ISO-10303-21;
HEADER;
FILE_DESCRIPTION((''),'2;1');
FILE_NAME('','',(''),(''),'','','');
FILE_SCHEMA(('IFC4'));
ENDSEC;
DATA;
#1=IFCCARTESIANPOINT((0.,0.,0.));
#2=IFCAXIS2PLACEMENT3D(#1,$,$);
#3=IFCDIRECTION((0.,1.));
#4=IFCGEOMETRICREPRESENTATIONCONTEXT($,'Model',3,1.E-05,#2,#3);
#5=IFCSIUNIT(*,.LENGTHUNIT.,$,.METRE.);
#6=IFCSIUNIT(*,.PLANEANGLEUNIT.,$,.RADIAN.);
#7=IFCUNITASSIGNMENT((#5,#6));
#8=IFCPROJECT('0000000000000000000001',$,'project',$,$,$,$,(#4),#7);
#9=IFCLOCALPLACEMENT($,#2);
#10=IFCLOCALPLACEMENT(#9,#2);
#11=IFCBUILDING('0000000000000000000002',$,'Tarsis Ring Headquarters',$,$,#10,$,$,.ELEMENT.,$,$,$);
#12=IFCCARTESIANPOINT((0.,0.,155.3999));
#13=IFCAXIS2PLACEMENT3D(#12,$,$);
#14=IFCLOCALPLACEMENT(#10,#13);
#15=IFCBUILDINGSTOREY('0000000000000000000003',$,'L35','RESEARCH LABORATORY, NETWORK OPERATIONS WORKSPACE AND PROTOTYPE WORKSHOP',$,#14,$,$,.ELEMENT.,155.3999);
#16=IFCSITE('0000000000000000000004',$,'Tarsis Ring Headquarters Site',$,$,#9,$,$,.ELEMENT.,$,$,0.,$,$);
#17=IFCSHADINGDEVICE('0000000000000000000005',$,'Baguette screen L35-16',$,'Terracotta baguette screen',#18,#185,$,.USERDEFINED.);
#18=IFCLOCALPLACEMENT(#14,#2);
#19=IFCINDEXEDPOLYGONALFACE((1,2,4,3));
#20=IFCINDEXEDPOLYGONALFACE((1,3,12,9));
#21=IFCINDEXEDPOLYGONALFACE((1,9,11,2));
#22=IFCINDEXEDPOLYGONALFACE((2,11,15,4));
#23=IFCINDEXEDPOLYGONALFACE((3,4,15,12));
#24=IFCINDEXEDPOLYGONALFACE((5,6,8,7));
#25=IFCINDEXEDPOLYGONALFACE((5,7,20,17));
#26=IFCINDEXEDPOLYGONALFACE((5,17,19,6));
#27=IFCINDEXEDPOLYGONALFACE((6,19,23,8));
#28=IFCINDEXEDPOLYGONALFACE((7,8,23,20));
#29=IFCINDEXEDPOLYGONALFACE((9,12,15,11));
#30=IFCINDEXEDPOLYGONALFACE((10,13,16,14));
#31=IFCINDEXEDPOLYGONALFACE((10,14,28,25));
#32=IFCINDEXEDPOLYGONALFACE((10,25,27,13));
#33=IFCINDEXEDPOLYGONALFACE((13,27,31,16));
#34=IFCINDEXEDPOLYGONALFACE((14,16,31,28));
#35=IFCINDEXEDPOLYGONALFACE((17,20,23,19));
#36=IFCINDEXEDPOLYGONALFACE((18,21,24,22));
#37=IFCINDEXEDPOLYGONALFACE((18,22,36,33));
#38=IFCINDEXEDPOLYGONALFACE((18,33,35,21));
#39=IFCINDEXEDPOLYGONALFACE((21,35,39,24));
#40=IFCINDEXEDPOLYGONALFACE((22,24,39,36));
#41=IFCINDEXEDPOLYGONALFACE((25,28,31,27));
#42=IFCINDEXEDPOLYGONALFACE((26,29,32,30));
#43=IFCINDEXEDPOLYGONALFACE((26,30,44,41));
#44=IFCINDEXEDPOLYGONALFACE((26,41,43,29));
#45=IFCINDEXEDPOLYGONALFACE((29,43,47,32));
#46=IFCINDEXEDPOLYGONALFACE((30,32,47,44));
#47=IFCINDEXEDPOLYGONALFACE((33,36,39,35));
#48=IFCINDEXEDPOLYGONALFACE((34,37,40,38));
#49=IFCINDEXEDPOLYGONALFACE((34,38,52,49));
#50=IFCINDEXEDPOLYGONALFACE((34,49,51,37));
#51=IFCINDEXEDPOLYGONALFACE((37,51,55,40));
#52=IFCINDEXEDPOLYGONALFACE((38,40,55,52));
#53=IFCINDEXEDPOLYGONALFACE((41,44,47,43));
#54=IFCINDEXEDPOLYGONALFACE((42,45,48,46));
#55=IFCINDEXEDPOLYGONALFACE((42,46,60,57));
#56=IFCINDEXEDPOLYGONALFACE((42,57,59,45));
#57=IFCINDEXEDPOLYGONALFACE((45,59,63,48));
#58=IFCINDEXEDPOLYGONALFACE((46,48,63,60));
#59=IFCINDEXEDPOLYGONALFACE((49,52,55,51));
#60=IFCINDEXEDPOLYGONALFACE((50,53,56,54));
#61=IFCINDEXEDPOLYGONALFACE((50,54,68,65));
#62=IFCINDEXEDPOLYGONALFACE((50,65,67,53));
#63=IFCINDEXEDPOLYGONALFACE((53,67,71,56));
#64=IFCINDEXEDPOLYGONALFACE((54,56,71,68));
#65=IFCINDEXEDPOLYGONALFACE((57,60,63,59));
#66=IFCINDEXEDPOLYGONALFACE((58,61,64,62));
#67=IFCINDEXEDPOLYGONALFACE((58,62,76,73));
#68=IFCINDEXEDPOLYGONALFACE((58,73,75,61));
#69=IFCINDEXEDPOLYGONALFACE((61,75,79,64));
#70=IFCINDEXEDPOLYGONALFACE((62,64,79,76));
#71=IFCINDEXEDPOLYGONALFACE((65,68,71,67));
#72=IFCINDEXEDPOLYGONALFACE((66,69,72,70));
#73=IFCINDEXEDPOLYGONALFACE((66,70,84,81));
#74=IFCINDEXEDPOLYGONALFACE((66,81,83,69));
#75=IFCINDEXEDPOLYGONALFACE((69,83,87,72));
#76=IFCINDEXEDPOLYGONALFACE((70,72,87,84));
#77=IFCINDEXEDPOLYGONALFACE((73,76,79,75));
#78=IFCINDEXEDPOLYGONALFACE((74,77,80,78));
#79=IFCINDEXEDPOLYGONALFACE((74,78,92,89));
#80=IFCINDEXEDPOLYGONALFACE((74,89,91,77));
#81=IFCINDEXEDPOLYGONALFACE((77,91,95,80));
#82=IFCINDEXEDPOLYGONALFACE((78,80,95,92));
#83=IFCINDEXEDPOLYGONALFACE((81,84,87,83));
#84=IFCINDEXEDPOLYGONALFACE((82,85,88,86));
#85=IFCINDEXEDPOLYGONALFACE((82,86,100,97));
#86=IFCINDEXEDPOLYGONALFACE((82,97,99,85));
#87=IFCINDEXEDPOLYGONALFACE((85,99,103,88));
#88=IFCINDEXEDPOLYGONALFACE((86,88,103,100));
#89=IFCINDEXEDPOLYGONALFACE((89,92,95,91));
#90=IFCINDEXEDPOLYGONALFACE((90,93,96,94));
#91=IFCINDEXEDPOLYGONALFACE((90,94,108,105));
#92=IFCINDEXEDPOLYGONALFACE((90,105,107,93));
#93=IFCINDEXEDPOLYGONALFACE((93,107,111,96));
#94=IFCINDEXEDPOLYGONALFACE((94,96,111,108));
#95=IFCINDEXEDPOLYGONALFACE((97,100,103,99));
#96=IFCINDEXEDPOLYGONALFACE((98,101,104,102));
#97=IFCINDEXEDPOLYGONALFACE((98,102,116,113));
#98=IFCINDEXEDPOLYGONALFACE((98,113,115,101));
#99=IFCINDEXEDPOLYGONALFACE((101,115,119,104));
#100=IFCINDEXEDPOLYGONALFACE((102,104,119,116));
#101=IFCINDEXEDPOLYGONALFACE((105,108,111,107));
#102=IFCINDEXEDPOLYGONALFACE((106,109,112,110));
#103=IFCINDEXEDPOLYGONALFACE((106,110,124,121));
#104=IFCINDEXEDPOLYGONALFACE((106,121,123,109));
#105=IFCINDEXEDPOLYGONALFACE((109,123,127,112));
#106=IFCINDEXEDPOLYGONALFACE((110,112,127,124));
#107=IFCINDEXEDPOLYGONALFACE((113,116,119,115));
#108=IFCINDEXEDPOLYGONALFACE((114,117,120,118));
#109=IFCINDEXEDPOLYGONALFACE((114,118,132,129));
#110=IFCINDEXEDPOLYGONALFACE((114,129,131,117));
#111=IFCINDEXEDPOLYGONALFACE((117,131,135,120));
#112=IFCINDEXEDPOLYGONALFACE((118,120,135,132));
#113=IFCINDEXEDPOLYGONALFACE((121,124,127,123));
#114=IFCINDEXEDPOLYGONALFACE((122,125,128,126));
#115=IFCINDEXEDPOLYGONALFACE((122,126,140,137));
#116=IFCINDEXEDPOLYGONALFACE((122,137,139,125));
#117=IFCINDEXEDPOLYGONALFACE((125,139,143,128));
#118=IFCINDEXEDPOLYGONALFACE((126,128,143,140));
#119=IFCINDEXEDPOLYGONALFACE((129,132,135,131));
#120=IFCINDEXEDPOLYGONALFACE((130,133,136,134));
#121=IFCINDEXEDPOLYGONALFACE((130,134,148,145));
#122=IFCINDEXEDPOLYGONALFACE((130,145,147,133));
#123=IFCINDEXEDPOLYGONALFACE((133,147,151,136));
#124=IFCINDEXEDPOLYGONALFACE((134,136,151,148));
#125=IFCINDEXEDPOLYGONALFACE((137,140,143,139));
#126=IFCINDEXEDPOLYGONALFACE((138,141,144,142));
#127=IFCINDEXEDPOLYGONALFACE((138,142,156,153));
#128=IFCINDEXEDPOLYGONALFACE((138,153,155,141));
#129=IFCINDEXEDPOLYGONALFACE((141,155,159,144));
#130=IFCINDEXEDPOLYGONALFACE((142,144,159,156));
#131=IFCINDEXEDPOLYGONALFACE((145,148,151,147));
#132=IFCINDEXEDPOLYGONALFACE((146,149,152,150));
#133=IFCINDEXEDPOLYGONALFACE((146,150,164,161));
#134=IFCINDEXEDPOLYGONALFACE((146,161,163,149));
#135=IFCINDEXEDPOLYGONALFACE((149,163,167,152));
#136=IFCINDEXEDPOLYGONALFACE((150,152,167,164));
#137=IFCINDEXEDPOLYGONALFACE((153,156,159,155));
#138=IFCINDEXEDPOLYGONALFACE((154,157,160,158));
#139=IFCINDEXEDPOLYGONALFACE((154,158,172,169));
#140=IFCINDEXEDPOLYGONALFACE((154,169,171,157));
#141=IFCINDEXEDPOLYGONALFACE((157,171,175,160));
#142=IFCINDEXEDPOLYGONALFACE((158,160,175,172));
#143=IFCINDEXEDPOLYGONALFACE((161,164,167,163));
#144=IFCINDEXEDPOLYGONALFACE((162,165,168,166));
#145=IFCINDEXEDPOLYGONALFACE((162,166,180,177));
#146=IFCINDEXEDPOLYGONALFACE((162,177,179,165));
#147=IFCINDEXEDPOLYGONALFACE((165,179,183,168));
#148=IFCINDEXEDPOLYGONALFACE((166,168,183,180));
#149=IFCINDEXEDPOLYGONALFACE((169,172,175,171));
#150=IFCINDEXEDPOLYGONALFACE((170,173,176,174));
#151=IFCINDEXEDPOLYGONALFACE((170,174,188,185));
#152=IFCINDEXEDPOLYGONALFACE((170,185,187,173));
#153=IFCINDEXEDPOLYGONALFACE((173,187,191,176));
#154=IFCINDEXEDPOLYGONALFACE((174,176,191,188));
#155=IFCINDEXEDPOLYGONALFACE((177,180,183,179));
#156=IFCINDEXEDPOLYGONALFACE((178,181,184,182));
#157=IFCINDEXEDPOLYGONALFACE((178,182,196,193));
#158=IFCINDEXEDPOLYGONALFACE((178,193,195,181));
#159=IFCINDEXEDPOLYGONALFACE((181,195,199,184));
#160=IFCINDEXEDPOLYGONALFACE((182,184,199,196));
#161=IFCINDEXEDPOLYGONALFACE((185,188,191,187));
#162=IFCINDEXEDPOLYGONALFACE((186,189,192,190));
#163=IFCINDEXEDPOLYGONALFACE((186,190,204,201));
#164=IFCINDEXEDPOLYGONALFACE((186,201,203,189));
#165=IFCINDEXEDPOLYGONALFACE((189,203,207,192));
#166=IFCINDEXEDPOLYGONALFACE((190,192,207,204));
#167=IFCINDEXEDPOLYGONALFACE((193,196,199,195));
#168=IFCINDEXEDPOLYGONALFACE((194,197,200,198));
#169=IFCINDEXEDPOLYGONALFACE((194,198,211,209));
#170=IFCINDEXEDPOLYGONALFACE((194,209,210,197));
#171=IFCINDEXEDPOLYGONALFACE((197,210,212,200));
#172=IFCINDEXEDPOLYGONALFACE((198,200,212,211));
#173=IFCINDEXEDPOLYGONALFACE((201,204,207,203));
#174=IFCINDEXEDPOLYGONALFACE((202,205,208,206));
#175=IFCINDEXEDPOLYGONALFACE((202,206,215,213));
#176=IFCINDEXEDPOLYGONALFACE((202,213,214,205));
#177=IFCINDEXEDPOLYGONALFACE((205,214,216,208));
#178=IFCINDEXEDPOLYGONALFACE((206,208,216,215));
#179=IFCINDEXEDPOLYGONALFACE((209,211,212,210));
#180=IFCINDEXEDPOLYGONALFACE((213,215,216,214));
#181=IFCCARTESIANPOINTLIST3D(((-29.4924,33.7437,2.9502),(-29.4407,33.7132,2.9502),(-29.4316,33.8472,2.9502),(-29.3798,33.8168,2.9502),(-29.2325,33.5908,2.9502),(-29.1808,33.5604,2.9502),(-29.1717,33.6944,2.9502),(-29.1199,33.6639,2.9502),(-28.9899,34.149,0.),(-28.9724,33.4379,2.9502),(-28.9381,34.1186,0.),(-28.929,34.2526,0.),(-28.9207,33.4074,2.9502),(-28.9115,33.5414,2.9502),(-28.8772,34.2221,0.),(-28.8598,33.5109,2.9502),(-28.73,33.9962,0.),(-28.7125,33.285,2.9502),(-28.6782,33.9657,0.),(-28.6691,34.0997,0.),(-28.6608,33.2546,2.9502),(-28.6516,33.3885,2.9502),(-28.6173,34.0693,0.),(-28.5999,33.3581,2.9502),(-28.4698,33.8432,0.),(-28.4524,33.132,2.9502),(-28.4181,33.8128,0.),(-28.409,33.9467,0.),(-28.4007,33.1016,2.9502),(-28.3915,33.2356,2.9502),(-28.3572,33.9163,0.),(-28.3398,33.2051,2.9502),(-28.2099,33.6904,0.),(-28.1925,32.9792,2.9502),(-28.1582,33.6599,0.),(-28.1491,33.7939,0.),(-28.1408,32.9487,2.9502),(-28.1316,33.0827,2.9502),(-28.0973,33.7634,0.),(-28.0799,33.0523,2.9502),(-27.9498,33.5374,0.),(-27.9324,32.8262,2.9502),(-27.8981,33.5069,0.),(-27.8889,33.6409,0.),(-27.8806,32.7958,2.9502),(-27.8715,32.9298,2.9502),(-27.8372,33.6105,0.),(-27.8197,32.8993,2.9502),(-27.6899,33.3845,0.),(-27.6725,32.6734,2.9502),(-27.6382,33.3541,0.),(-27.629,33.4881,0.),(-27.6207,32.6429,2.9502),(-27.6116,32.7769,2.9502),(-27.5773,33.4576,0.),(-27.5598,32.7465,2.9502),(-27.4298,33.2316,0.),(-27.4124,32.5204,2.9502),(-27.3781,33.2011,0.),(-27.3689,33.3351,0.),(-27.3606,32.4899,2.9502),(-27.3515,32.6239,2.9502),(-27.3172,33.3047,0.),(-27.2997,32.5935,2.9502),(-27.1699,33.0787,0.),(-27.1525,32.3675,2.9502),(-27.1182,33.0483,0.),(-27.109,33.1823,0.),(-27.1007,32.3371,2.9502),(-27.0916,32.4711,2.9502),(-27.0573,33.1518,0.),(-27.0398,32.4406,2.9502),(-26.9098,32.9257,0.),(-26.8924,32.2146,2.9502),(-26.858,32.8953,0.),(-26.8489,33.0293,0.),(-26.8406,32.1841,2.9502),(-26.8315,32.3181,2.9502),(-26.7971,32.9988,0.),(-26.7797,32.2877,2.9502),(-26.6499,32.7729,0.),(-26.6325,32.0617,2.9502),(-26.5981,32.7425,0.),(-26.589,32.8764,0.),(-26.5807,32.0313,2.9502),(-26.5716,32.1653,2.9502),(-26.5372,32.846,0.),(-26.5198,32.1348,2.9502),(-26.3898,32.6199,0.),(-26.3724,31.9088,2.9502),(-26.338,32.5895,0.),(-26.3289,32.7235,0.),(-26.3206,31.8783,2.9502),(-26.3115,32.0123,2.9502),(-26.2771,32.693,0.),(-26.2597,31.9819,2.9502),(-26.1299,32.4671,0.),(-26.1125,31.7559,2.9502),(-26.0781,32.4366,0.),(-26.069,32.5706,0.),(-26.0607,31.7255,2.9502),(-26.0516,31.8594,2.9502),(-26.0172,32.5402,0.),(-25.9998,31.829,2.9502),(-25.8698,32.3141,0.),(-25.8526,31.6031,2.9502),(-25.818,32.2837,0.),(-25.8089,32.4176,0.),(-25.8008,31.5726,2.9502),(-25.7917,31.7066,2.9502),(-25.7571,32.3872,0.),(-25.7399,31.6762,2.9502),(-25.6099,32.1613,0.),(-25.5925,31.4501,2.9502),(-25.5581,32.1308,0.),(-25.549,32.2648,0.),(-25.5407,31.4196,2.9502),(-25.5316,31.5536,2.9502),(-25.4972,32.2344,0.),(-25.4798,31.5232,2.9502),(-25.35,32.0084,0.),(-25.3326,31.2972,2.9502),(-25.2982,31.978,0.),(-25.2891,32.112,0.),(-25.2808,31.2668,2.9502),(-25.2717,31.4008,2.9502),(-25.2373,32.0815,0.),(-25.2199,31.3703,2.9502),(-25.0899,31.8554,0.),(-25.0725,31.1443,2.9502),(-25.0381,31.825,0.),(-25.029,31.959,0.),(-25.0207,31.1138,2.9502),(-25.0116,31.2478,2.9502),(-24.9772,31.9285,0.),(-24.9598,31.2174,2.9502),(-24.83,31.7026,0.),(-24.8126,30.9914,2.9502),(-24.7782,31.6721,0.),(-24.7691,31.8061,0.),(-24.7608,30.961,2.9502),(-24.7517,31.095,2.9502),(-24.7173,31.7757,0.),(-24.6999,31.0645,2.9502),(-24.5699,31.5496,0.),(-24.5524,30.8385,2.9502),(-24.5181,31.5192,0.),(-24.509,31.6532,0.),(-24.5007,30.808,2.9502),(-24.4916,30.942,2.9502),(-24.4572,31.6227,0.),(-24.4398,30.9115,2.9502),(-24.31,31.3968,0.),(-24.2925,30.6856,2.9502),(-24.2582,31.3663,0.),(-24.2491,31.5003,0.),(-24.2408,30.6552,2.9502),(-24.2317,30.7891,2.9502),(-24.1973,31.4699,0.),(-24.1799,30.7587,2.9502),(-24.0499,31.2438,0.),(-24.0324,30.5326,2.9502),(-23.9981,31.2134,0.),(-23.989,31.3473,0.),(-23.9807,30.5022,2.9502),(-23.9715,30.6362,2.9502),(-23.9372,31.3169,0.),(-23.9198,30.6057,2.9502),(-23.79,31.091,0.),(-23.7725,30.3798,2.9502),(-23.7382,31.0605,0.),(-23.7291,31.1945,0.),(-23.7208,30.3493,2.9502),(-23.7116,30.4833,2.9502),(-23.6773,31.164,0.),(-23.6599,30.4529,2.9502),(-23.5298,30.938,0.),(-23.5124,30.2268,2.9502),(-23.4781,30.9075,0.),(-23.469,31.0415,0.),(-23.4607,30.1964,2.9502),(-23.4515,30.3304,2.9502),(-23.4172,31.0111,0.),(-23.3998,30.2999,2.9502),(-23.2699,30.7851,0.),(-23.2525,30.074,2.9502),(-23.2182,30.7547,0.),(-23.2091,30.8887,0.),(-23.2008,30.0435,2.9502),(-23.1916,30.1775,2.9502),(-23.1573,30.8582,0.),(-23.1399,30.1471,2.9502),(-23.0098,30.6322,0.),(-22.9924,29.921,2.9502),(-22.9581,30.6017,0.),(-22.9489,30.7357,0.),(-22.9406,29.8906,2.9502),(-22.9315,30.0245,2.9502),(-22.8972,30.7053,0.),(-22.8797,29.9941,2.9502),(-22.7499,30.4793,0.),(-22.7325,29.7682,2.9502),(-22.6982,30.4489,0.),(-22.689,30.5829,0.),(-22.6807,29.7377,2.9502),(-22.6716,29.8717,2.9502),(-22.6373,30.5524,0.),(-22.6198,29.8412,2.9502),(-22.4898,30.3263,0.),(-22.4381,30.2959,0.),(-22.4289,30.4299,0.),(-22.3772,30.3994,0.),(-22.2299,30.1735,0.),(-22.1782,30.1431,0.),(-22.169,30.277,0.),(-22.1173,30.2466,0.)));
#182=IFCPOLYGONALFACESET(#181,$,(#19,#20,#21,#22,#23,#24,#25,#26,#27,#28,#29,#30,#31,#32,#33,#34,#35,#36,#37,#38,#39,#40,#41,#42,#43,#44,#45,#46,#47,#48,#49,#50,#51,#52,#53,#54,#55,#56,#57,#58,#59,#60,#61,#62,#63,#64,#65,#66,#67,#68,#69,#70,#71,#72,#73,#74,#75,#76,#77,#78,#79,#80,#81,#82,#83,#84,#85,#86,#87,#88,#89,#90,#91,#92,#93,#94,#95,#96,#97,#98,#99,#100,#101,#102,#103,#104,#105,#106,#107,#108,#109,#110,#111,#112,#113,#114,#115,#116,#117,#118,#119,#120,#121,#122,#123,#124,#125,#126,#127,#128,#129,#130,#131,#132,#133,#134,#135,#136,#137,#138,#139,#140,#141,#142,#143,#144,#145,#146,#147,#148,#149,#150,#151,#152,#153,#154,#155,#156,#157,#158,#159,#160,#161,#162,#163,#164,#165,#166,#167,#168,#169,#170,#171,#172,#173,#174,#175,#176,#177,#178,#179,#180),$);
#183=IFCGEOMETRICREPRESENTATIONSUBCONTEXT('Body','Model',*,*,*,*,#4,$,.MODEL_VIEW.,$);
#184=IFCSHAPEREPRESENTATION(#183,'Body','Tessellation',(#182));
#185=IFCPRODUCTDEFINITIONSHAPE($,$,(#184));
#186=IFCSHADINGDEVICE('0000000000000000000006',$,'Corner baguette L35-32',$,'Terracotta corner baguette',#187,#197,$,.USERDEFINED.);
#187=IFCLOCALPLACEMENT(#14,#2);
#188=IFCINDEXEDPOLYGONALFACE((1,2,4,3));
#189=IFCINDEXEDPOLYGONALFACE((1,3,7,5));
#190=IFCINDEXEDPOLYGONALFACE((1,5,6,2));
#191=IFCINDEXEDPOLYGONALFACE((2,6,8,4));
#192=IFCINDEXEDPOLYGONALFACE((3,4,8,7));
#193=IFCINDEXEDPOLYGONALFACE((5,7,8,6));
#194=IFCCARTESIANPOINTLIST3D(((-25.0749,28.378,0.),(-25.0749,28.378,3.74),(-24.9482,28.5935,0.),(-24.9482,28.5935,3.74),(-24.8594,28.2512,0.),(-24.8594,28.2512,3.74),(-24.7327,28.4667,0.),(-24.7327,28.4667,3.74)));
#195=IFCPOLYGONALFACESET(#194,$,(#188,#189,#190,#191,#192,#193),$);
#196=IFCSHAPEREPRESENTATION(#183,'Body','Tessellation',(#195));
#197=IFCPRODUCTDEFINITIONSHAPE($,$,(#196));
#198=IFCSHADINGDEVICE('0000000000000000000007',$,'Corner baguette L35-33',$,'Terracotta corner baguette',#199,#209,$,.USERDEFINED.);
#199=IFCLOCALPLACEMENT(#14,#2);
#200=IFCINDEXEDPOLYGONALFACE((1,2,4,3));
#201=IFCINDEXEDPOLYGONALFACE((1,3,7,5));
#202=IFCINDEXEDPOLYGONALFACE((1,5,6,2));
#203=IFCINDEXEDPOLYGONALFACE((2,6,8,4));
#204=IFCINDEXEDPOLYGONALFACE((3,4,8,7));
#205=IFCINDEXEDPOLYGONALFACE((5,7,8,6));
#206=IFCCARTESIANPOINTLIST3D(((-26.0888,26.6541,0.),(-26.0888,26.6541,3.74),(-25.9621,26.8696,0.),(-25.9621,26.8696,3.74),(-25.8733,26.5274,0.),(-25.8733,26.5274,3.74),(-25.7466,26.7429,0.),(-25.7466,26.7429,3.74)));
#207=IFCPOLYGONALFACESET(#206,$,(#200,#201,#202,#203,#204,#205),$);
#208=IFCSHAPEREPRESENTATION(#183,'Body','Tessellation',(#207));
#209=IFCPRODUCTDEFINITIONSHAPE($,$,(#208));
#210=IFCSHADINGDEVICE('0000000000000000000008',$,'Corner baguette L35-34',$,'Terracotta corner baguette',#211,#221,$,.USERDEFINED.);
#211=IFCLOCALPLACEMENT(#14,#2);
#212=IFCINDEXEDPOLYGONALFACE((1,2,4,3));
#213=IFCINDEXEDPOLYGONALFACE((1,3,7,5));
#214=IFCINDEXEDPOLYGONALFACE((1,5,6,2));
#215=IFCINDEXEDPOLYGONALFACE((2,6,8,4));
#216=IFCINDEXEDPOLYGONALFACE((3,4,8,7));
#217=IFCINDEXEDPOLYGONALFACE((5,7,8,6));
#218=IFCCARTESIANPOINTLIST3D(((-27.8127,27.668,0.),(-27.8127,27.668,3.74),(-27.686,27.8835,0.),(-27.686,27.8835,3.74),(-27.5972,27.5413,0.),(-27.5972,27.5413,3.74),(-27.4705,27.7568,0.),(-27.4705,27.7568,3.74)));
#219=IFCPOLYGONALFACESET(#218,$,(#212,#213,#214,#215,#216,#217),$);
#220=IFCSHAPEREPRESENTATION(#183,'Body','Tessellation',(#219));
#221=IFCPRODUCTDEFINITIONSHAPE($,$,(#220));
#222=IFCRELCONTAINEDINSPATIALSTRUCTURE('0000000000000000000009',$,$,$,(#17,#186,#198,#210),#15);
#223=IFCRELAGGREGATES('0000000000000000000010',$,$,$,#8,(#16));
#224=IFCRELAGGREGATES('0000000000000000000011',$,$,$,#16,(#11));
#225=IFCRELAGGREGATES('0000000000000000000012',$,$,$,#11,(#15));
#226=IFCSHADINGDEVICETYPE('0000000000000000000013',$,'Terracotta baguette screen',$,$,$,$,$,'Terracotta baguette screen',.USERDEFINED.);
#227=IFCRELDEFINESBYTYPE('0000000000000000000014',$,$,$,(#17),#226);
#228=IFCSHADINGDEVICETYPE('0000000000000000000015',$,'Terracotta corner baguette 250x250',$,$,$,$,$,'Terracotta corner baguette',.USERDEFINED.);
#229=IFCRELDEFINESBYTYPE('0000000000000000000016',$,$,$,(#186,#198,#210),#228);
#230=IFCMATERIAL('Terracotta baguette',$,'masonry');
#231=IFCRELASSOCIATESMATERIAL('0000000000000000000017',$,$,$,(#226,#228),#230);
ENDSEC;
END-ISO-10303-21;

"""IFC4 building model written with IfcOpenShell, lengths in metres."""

from ifc_helpers import new_model, si_unit, direction, frame, frame_2d, origin, origin_2d, place, context, subcontext, project, spatial, rectangle, composite_profile, extrude, material, type_object, element, save


model = new_model("IFC4")

# Units and contexts
model_context = context("Model", 3, precision=1e-05, world=origin(), true_north=direction((0.0, 1.0)))
body_context = subcontext(model_context, "Body", "Model", "MODEL_VIEW")
ifc_project = project(units=[si_unit("LENGTHUNIT", "METRE"), si_unit("PLANEANGLEUNIT", "RADIAN")], contexts=[model_context])

# Site, building, storey
site_placement = place(None, origin())
site = spatial("IfcSite", under=ifc_project, at=site_placement, Name="Tarsis Ring Headquarters Site", CompositionType="ELEMENT", RefElevation=0.0)
building_placement = place(site_placement, origin())
building = spatial("IfcBuilding", under=site, at=building_placement, Name="Tarsis Ring Headquarters", CompositionType="ELEMENT")
storey_placement = place(building_placement, frame((0.0, 0.0, 155.3999)))
storey = spatial("IfcBuildingStorey", under=building, at=storey_placement, Name="L35", Description="RESEARCH LABORATORY, NETWORK OPERATIONS WORKSPACE AND PROTOTYPE WORKSHOP", CompositionType="ELEMENT", Elevation=155.3999)

# Shading devices
ifc_material_1 = material(Name="Terracotta baguette", Category="masonry")
shading_device_type_1 = type_object("IfcShadingDeviceType", Name="Terracotta baguette screen", ElementType="Terracotta baguette screen", PredefinedType="USERDEFINED", material=ifc_material_1)
shading_device_1_placement = place(storey_placement, frame((-22.1477, 30.1948, 0.0), z_axis=(0.0, 0.0, 1.0), x_axis=(-0.861989, 0.506936, 0.0)))
element("IfcShadingDevice", 1, at=shading_device_1_placement, inside=storey, type_object=shading_device_type_1, Name="Baguette screen L35-16", ObjectType="Terracotta baguette screen", PredefinedType="USERDEFINED", context=body_context, shape_type="SweptSolid", body=[
    extrude(composite_profile([rectangle(XDim=0.0601, YDim=0.1201, at=frame_2d((0.03, 0.0))), rectangle(XDim=0.0601, YDim=0.1201, at=frame_2d((0.3315, 0.0))), rectangle(XDim=0.0601, YDim=0.1201, at=frame_2d((0.6333, 0.0))), rectangle(XDim=0.0601, YDim=0.1201, at=frame_2d((0.9348, 0.0))), rectangle(XDim=0.0601, YDim=0.1201, at=frame_2d((1.2366, 0.0))), rectangle(XDim=0.0601, YDim=0.1201, at=frame_2d((1.5381, 0.0))), rectangle(XDim=0.0601, YDim=0.1201, at=frame_2d((1.8398, 0.0))), rectangle(XDim=0.0601, YDim=0.1201, at=frame_2d((2.1414, 0.0))), rectangle(XDim=0.0601, YDim=0.1201, at=frame_2d((2.4431, 0.0))), rectangle(XDim=0.0601, YDim=0.1201, at=frame_2d((2.7446, 0.0))), rectangle(XDim=0.0601, YDim=0.1201, at=frame_2d((3.0464, 0.0))), rectangle(XDim=0.0601, YDim=0.1201, at=frame_2d((3.3479, 0.0))), rectangle(XDim=0.0601, YDim=0.1201, at=frame_2d((3.6497, 0.0))), rectangle(XDim=0.0601, YDim=0.1201, at=frame_2d((3.9512, 0.0))), rectangle(XDim=0.0601, YDim=0.1201, at=frame_2d((4.2527, 0.0))), rectangle(XDim=0.0601, YDim=0.1201, at=frame_2d((4.5544, 0.0))), rectangle(XDim=0.0601, YDim=0.1201, at=frame_2d((4.856, 0.0))), rectangle(XDim=0.0601, YDim=0.1201, at=frame_2d((5.1577, 0.0))), rectangle(XDim=0.0601, YDim=0.1201, at=frame_2d((5.4592, 0.0))), rectangle(XDim=0.0601, YDim=0.1201, at=frame_2d((5.761, 0.0))), rectangle(XDim=0.0601, YDim=0.1201, at=frame_2d((6.0625, 0.0))), rectangle(XDim=0.0601, YDim=0.1201, at=frame_2d((6.3643, 0.0))), rectangle(XDim=0.0601, YDim=0.1201, at=frame_2d((6.6658, 0.0))), rectangle(XDim=0.0601, YDim=0.1201, at=frame_2d((6.9675, 0.0))), rectangle(XDim=0.0601, YDim=0.1201, at=frame_2d((7.269, 0.0))), rectangle(XDim=0.0601, YDim=0.1201, at=frame_2d((7.5708, 0.0))), rectangle(XDim=0.0601, YDim=0.1201, at=frame_2d((7.8723, 0.0)))]), origin(), (0.07541, 0.20006, 0.976877), 3.02),
])
shading_device_type_2 = type_object("IfcShadingDeviceType", Name="Terracotta corner baguette 250x250", ElementType="Terracotta corner baguette", PredefinedType="USERDEFINED", material=ifc_material_1)
for number, where, z_axis, x_axis, name in (
    (2, (-24.9038, 28.4224, 0.0), (0.0, 0.0, 1.0), (-0.861983, 0.506937, 0.0), "Corner baguette L35-32"),
    (3, (-25.9177, 26.6985, 0.0), (0.0, 0.0, 1.0), (-0.506936, -0.861983, 0.0), "Corner baguette L35-33"),
    (4, (-27.6416, 27.7124, 0.0), (0.0, 0.0, 1.0), (-0.861983, 0.506936, 0.0), "Corner baguette L35-34"),
):
    element("IfcShadingDevice", number, at=place(storey_placement, frame(where, z_axis=z_axis, x_axis=x_axis)), inside=storey, type_object=shading_device_type_2, Name=name, ObjectType="Terracotta corner baguette", PredefinedType="USERDEFINED", context=body_context, shape_type="SweptSolid", body=[
        extrude(rectangle(XDim=0.25, YDim=0.25, at=origin_2d()), origin(), (0.0, 0.0, 1.0), 3.74),
    ])

save(model, "model.ifc")
